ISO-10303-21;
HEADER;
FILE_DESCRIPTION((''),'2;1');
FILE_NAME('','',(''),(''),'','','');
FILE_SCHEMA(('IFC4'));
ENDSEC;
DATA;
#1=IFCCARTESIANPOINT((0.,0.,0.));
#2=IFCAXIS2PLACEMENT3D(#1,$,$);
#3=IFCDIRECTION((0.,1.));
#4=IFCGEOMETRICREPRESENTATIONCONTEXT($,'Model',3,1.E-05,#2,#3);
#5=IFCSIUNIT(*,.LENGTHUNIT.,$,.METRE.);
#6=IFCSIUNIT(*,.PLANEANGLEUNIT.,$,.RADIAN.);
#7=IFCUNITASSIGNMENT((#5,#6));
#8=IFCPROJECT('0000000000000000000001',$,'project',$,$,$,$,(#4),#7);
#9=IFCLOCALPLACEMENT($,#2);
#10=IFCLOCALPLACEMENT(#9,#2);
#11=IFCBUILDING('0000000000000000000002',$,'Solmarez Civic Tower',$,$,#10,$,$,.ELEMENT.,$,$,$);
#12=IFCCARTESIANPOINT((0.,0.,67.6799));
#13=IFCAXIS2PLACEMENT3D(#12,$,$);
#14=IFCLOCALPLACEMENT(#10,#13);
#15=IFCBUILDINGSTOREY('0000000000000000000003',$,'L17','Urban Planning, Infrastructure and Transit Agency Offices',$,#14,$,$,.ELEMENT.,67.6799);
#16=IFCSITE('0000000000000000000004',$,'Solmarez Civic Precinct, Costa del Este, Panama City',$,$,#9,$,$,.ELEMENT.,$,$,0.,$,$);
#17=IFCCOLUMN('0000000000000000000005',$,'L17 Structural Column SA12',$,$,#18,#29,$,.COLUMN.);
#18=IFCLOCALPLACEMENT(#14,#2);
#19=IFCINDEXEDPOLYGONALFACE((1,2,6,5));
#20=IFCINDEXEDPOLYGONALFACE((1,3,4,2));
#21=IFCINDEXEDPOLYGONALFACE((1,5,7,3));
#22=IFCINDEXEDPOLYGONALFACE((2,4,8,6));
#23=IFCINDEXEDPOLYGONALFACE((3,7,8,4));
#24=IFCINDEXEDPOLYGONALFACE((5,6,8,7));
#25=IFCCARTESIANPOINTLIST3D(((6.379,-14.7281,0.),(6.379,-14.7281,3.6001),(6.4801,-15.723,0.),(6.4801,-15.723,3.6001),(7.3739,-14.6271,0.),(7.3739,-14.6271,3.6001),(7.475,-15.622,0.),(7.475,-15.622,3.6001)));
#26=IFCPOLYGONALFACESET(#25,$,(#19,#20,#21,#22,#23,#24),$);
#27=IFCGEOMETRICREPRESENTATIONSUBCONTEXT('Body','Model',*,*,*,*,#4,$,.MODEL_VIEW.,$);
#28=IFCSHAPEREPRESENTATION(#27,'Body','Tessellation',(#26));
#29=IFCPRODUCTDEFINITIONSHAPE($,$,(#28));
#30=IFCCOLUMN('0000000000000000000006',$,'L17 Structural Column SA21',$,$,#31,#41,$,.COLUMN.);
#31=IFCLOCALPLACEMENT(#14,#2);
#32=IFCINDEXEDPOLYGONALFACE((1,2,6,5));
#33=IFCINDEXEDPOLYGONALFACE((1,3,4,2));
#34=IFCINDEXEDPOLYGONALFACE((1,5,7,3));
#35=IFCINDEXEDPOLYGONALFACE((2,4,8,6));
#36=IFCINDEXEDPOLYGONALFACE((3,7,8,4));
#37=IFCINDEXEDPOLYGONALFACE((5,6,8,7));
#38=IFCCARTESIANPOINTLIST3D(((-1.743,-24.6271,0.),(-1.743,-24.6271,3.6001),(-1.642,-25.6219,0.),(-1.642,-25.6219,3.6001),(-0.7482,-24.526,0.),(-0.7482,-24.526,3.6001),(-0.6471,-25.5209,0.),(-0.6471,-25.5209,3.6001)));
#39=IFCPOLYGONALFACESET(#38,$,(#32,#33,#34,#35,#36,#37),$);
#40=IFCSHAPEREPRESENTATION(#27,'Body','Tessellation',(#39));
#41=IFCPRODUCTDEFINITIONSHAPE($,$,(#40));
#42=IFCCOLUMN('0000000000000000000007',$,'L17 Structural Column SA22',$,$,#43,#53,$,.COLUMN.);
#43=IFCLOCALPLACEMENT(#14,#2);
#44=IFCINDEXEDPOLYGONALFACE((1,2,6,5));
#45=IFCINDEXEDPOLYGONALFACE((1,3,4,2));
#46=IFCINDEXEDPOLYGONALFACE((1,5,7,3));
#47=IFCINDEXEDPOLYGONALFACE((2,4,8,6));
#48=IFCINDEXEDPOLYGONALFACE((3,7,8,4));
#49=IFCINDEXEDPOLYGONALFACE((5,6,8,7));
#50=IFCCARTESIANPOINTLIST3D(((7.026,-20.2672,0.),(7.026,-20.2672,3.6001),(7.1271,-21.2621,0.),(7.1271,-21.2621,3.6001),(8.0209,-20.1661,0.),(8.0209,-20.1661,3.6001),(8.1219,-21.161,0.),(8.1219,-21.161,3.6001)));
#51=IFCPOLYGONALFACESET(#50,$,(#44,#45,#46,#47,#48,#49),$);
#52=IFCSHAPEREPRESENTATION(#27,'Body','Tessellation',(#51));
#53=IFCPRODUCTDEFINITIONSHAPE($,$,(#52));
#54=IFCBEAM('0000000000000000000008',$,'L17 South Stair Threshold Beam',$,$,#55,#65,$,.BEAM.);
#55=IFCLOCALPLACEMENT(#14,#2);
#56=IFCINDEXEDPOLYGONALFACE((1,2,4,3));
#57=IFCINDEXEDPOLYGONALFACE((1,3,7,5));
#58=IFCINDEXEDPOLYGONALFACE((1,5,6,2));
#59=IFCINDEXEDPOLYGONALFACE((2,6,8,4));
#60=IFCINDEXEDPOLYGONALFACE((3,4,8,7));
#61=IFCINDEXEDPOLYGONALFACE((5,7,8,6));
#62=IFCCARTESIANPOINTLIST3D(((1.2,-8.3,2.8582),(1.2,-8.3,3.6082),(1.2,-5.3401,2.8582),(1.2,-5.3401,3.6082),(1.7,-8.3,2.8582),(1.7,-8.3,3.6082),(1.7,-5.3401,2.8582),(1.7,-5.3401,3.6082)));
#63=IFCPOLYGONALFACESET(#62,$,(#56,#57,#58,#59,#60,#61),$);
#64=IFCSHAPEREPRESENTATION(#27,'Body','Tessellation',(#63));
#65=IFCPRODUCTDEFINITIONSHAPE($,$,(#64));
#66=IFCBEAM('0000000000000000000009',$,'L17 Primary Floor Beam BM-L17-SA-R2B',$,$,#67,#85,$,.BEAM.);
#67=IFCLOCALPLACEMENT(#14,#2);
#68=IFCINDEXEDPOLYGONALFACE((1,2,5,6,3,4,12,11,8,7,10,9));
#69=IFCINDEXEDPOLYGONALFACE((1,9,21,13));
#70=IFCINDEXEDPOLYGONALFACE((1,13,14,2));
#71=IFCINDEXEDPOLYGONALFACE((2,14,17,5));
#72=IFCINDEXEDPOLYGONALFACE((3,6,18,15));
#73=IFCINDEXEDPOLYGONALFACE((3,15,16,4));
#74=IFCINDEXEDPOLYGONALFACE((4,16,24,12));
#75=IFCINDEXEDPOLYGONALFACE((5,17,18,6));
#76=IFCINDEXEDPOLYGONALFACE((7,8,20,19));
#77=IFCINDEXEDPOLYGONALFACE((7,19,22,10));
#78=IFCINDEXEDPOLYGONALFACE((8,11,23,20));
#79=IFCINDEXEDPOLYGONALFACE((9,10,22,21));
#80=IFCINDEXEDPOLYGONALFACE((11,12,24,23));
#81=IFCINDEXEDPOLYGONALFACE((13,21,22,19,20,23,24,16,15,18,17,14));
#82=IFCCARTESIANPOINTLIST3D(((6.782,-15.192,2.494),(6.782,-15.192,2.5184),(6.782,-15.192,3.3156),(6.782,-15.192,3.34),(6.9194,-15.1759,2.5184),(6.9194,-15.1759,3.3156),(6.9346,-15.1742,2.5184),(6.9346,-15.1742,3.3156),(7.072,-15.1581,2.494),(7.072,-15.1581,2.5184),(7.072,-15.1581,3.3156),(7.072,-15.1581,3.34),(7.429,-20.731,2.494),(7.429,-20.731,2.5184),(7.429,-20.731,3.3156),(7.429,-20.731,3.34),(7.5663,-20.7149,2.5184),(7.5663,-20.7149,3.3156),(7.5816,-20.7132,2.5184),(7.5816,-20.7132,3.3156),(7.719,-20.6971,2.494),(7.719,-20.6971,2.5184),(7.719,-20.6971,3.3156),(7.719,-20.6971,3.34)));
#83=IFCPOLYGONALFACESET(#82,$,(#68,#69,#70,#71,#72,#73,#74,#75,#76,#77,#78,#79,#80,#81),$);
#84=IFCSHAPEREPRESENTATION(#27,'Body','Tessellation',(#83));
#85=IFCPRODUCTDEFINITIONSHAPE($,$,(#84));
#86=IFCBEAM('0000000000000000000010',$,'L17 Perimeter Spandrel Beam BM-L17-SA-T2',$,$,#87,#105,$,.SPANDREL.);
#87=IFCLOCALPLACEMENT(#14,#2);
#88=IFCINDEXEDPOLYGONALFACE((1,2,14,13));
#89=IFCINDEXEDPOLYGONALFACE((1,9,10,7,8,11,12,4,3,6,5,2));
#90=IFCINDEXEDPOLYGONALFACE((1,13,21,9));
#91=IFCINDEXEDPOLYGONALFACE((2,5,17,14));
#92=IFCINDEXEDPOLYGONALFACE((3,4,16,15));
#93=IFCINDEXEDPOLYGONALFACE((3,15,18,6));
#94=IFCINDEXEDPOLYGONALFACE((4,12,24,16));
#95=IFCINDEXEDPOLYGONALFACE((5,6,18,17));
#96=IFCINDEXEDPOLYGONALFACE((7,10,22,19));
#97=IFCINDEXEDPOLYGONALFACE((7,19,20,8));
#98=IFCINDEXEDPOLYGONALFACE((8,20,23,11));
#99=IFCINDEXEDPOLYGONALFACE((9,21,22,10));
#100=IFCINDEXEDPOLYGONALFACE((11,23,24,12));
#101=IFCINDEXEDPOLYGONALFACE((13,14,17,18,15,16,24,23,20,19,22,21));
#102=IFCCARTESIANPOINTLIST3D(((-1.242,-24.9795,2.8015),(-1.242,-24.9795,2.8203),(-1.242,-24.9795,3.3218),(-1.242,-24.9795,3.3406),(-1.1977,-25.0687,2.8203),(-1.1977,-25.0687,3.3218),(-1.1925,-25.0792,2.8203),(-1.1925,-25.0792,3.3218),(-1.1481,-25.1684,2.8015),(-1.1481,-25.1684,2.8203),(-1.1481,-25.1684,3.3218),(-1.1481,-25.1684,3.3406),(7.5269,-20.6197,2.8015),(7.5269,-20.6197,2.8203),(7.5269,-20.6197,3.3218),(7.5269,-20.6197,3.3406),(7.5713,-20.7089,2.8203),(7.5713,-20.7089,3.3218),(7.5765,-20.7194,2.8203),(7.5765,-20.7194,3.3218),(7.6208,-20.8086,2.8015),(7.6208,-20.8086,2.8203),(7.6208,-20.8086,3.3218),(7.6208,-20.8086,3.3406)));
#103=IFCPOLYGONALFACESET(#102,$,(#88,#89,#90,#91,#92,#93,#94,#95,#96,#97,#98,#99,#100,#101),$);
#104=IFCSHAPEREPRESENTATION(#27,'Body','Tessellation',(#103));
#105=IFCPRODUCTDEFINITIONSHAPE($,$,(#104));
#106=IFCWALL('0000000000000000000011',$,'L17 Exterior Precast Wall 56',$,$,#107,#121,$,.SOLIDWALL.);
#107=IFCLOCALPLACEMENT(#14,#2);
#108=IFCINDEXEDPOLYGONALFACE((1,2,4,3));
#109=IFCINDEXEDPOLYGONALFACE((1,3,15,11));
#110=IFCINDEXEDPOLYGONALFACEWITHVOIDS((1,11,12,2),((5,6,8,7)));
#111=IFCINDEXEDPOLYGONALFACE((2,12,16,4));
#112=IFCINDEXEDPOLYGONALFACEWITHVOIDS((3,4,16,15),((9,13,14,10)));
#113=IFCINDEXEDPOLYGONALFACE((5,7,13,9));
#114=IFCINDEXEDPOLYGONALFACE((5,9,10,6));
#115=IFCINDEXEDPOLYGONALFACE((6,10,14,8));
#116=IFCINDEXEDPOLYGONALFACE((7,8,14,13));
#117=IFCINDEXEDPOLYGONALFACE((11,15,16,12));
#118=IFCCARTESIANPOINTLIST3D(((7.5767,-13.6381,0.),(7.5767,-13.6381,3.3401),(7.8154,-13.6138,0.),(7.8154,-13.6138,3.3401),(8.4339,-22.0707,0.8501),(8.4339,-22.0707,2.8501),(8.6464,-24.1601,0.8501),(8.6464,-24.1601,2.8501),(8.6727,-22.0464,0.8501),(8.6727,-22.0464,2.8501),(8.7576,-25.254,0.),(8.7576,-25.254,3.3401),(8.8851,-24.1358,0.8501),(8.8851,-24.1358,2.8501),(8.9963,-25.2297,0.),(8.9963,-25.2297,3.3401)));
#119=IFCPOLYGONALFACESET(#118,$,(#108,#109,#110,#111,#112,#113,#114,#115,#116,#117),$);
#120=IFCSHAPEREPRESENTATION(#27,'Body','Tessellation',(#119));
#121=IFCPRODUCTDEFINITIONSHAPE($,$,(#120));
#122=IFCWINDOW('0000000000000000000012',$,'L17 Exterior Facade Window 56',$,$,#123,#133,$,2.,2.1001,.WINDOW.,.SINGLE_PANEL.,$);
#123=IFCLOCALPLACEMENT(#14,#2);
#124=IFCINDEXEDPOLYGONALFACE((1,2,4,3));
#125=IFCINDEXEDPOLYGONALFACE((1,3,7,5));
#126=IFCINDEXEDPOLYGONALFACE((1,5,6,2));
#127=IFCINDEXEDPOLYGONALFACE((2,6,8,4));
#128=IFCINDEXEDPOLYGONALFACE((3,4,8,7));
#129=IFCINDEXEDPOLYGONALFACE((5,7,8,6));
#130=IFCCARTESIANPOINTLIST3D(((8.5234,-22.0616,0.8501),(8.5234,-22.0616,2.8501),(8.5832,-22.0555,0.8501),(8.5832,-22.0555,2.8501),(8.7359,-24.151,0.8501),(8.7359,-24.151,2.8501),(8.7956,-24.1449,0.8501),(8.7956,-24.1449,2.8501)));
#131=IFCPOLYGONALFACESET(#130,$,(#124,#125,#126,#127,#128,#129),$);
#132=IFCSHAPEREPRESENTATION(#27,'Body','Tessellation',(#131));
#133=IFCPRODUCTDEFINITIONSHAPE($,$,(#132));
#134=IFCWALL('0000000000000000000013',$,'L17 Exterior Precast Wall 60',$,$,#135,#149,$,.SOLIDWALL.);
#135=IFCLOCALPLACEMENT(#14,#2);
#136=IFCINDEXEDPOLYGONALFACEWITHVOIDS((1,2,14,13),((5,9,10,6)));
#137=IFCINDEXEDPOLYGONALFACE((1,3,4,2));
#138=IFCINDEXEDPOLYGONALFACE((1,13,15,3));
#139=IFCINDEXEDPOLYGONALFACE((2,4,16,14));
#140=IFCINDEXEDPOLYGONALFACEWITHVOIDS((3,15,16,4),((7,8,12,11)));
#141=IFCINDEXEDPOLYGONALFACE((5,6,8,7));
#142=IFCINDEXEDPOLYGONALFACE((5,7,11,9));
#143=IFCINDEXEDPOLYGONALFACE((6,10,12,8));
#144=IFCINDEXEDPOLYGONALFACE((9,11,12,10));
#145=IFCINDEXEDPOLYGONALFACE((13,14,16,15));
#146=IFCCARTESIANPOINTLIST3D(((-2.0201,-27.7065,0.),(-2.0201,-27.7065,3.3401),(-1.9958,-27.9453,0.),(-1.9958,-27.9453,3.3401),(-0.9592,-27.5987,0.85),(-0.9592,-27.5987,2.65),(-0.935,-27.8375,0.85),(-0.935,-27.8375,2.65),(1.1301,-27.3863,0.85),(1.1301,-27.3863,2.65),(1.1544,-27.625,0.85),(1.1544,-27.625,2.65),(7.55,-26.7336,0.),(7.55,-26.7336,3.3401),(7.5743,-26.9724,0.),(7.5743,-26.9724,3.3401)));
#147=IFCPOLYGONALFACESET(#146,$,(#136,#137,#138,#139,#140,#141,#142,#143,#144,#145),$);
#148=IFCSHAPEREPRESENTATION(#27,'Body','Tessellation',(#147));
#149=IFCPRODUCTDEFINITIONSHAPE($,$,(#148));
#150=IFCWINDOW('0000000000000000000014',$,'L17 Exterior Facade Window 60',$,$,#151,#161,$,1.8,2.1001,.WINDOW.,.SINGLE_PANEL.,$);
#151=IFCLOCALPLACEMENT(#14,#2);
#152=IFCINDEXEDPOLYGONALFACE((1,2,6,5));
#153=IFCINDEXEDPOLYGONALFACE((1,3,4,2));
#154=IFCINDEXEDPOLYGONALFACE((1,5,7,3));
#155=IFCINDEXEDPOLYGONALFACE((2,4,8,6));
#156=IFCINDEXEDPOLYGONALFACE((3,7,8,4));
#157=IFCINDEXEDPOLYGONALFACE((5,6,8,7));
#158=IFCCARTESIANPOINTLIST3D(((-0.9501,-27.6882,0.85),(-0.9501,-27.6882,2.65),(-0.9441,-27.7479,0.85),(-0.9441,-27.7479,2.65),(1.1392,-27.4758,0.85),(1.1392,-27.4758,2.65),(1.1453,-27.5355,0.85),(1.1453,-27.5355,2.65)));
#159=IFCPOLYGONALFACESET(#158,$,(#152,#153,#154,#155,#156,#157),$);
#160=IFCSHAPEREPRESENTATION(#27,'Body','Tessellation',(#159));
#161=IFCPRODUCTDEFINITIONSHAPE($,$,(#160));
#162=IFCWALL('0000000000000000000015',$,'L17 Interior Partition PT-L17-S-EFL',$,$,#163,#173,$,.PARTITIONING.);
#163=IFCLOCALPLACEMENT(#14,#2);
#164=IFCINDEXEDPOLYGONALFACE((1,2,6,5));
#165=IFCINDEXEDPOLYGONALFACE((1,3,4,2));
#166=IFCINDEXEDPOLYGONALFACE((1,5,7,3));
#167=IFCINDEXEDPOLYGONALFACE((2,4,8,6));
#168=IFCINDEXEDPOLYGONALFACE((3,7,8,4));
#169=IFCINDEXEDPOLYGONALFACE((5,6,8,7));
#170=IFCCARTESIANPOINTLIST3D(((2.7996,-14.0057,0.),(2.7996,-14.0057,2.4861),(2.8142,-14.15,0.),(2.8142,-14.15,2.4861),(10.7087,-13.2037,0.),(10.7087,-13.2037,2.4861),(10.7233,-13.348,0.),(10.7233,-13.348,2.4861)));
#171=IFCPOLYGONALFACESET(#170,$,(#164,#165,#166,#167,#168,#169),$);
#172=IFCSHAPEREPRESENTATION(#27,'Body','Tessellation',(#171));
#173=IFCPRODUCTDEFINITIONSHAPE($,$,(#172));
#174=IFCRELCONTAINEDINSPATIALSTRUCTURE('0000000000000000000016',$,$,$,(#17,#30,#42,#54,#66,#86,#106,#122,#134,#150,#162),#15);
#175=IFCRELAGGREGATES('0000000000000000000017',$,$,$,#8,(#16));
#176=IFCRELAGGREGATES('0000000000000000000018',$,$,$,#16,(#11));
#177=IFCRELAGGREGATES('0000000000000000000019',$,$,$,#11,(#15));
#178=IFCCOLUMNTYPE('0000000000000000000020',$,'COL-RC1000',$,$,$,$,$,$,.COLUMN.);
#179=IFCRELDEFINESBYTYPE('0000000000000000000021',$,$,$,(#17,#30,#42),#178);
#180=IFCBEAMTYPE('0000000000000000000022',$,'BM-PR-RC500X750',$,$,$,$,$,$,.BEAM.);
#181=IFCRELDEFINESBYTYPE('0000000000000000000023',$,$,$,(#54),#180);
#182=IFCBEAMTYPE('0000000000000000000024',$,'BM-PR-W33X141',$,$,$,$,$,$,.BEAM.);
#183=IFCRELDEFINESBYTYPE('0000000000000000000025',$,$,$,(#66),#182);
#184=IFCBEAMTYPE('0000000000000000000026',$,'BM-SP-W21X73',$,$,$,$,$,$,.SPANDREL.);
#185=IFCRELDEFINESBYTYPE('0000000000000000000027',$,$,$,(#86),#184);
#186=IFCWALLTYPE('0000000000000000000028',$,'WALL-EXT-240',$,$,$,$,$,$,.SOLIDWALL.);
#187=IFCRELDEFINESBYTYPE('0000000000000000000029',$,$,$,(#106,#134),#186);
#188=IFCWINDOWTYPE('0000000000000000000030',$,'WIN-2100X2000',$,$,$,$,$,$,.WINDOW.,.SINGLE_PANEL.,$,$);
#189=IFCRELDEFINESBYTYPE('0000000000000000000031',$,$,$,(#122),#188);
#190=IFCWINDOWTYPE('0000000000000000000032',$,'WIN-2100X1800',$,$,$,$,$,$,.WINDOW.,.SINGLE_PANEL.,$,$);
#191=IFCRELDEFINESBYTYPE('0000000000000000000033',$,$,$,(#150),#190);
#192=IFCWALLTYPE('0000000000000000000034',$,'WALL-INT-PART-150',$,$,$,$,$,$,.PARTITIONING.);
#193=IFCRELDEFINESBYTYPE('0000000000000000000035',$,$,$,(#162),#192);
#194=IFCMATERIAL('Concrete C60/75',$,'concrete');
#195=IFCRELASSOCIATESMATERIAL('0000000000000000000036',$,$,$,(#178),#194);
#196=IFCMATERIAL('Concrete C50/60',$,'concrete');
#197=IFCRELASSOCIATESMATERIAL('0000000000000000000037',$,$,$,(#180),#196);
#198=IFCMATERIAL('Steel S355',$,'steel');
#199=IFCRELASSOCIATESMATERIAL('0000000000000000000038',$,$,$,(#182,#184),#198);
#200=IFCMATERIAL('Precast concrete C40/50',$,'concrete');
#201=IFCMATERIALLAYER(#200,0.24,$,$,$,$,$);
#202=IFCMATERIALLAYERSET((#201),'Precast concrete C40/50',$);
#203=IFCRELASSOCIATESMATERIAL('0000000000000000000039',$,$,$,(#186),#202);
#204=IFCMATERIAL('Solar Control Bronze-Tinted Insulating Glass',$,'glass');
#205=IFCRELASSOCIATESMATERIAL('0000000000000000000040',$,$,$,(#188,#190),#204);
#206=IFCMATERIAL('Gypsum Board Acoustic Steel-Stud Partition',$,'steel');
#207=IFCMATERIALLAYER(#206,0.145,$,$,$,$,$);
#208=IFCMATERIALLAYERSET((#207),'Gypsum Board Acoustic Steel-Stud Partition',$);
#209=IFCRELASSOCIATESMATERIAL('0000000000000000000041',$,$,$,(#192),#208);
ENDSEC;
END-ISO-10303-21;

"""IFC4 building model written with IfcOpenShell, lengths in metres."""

from ifc_helpers import new_model, si_unit, direction, frame, frame_2d, origin, origin_2d, place, context, subcontext, project, spatial, rectangle, i_section, extrude, material, layer, layer_set, material_profile, profile_set, type_object, element, fill, save


model = new_model("IFC4")

# Units and contexts
model_context = context("Model", 3, precision=1e-05, world=origin(), true_north=direction((0.0, 1.0)))
body_context = subcontext(model_context, "Body", "Model", "MODEL_VIEW")
ifc_project = project(units=[si_unit("LENGTHUNIT", "METRE"), si_unit("PLANEANGLEUNIT", "RADIAN")], contexts=[model_context])

# Site, building, storey
site_placement = place(None, origin())
site = spatial("IfcSite", under=ifc_project, at=site_placement, Name="Solmarez Civic Precinct, Costa del Este, Panama City", CompositionType="ELEMENT", RefElevation=0.0)
building_placement = place(site_placement, origin())
building = spatial("IfcBuilding", under=site, at=building_placement, Name="Solmarez Civic Tower", CompositionType="ELEMENT")
storey_placement = place(building_placement, frame((0.0, 0.0, 67.6799)))
storey = spatial("IfcBuildingStorey", under=building, at=storey_placement, Name="L17", Description="Urban Planning, Infrastructure and Transit Agency Offices", CompositionType="ELEMENT", Elevation=67.6799)

# Columns
ifc_material_1 = material(Name="Concrete C60/75", Category="concrete")
ifc_material_profile_1 = material_profile(ifc_material_1, rectangle(XDim=1.0, YDim=1.0, at=origin_2d()), Name="RC1000X1000")
ifc_profile_set_1 = profile_set([ifc_material_profile_1], Name="Concrete C60/75")
column_type = type_object("IfcColumnType", Name="COL-RC1000", PredefinedType="COLUMN", material=ifc_profile_set_1)
for number, where, z_axis, x_axis, name in (
    (1, (6.927, -15.175, 0.0), (0.0, 0.0, 1.0), (0.994881, 0.101056, 0.0), "L17 Structural Column SA12"),
    (2, (-1.1951, -25.074, 0.0), (0.0, 0.0, 1.0), (0.994881, 0.101056, 0.0), "L17 Structural Column SA21"),
    (3, (7.574, -20.7141, 0.0), (0.0, 0.0, 1.0), (0.994881, 0.101056, 0.0), "L17 Structural Column SA22"),
):
    element("IfcColumn", number, at=place(storey_placement, frame(where, z_axis=z_axis, x_axis=x_axis)), inside=storey, type_object=column_type, Name=name, PredefinedType="COLUMN", context=body_context, shape_type="SweptSolid", body=[
        extrude(rectangle(XDim=1.0, YDim=1.0, at=origin_2d()), origin(), (0.0, 0.0, 1.0), 3.6001),
    ])

# Beams
ifc_material_2 = material(Name="Concrete C50/60", Category="concrete")
ifc_material_profile_2 = material_profile(ifc_material_2, rectangle(XDim=0.5, YDim=0.75, at=origin_2d()), Name="RC500X750")
ifc_profile_set_2 = profile_set([ifc_material_profile_2], Name="Concrete C50/60")
beam_type_1 = type_object("IfcBeamType", Name="BM-PR-RC500X750", PredefinedType="BEAM", material=ifc_profile_set_2)
beam_1_placement = place(storey_placement, frame((1.45, -8.3, 3.2332), z_axis=(0.0, 1.0, 0.0), x_axis=(-1.0, 0.0, 0.0)))
element("IfcBeam", 4, at=beam_1_placement, inside=storey, type_object=beam_type_1, Name="L17 South Stair Threshold Beam", PredefinedType="BEAM", context=body_context, shape_type="SweptSolid", body=[
    extrude(rectangle(XDim=0.5, YDim=0.75, at=origin_2d()), origin(), (0.0, 0.0, 1.0), 2.96),
])
ifc_material_3 = material(Name="Steel S355", Category="steel")
ifc_material_profile_3 = material_profile(ifc_material_3, i_section(OverallWidth=0.292, OverallDepth=0.8459, WebThickness=0.0154, FlangeThickness=0.0244, at=origin_2d()), Name="W33X141")
ifc_profile_set_3 = profile_set([ifc_material_profile_3], Name="Steel S355")
beam_type_2 = type_object("IfcBeamType", Name="BM-PR-W33X141", PredefinedType="BEAM", material=ifc_profile_set_3)
beam_2_placement = place(storey_placement, frame((6.927, -15.175, 2.917), z_axis=(0.116013, -0.993248, 0.0), x_axis=(0.993248, 0.116013, 0.0)))
element("IfcBeam", 5, at=beam_2_placement, inside=storey, type_object=beam_type_2, Name="L17 Primary Floor Beam BM-L17-SA-R2B", PredefinedType="BEAM", context=body_context, shape_type="SweptSolid", body=[
    extrude(i_section(OverallWidth=0.292, OverallDepth=0.8459, WebThickness=0.0154, FlangeThickness=0.0244, at=origin_2d()), origin(), (0.0, 0.0, 1.0), 5.5767),
])
ifc_material_profile_4 = material_profile(ifc_material_3, i_section(OverallWidth=0.2109, OverallDepth=0.5391, WebThickness=0.0117, FlangeThickness=0.0188, at=origin_2d()), Name="W21X73")
ifc_profile_set_4 = profile_set([ifc_material_profile_4], Name="Steel S355")
beam_type_3 = type_object("IfcBeamType", Name="BM-SP-W21X73", PredefinedType="SPANDREL", material=ifc_profile_set_4)
beam_3_placement = place(storey_placement, frame((-1.1951, -25.074, 3.071), z_axis=(0.895432, 0.445198, 0.0), x_axis=(-0.445198, 0.895432, 0.0)))
element("IfcBeam", 6, at=beam_3_placement, inside=storey, type_object=beam_type_3, Name="L17 Perimeter Spandrel Beam BM-L17-SA-T2", PredefinedType="SPANDREL", context=body_context, shape_type="SweptSolid", body=[
    extrude(i_section(OverallWidth=0.2109, OverallDepth=0.5391, WebThickness=0.0117, FlangeThickness=0.0188, at=origin_2d()), origin(), (0.0, 0.0, 1.0), 9.793),
])

# Walls, openings, windows
ifc_material_4 = material(Name="Precast concrete C40/50", Category="concrete")
ifc_layer_1 = layer(ifc_material_4, 0.24)
ifc_layer_set_1 = layer_set([ifc_layer_1], Name="Precast concrete C40/50")
wall_type_1 = type_object("IfcWallType", Name="WALL-EXT-240", PredefinedType="SOLIDWALL", material=ifc_layer_set_1)
wall_1_placement = place(storey_placement, frame((7.696, -13.626, 0.0), z_axis=(0.0, 0.0, 1.0), x_axis=(0.101141, -0.994872, 0.0)))
wall_1 = element("IfcWall", 7, at=wall_1_placement, inside=storey, type_object=wall_type_1, Name="L17 Exterior Precast Wall 56", PredefinedType="SOLIDWALL", context=body_context, shape_type="SweptSolid", body=[
    extrude(rectangle(XDim=11.6758, YDim=0.24, at=frame_2d((5.8379, 0.0))), origin(), (0.0, 0.0, 1.0), 3.3401),
])
opening_1_placement = place(wall_1_placement, frame((8.4761, 0.0, 0.8501)))
opening_1 = element("IfcOpeningElement", 8, at=opening_1_placement, cuts=wall_1, PredefinedType="OPENING", context=body_context, shape_type="SweptSolid", body=[
    extrude(rectangle(XDim=2.1001, YDim=2.0, at=frame_2d((1.05, 1.0))), frame((0.0, 0.1299, 0.0), z_axis=(0.0, -1.0, 0.0), x_axis=(1.0, 0.0, 0.0)), (0.0, 0.0, 1.0), 0.26),
])
ifc_material_5 = material(Name="Solar Control Bronze-Tinted Insulating Glass", Category="glass")
window_type_1 = type_object("IfcWindowType", Name="WIN-2100X2000", PartitioningType="SINGLE_PANEL", PredefinedType="WINDOW", material=ifc_material_5)
window_1_placement = place(opening_1_placement, origin())
window_1 = element("IfcWindow", 9, at=window_1_placement, inside=storey, type_object=window_type_1, Name="L17 Exterior Facade Window 56", OverallHeight=2.0, OverallWidth=2.1001, PartitioningType="SINGLE_PANEL", PredefinedType="WINDOW", context=body_context, shape_type="SweptSolid", body=[
    extrude(rectangle(XDim=2.1001, YDim=2.0, at=frame_2d((1.05, 1.0))), frame((0.0, 0.03, 0.0), z_axis=(0.0, -1.0, 0.0), x_axis=(1.0, 0.0, 0.0)), (0.0, 0.0, 1.0), 0.0601),
])
fill(opening_1, window_1)
wall_2_placement = place(storey_placement, frame((7.562, -26.853, 0.0), z_axis=(0.0, 0.0, 1.0), x_axis=(-0.994872, -0.101139, 0.0)))
wall_2 = element("IfcWall", 10, at=wall_2_placement, inside=storey, type_object=wall_type_1, Name="L17 Exterior Precast Wall 60", PredefinedType="SOLIDWALL", context=body_context, shape_type="SweptSolid", body=[
    extrude(rectangle(XDim=9.6194, YDim=0.24, at=frame_2d((4.8096, 0.0))), origin(), (0.0, 0.0, 1.0), 3.3401),
])
opening_2_placement = place(wall_2_placement, frame((6.4529, 0.0, 0.8501)))
opening_2 = element("IfcOpeningElement", 11, at=opening_2_placement, cuts=wall_2, PredefinedType="OPENING", context=body_context, shape_type="SweptSolid", body=[
    extrude(rectangle(XDim=2.1001, YDim=1.8, at=frame_2d((1.05, 0.8999))), frame((0.0, 0.1299, 0.0), z_axis=(0.0, -1.0, 0.0), x_axis=(1.0, 0.0, 0.0)), (0.0, 0.0, 1.0), 0.26),
])
window_type_2 = type_object("IfcWindowType", Name="WIN-2100X1800", PartitioningType="SINGLE_PANEL", PredefinedType="WINDOW", material=ifc_material_5)
window_2_placement = place(opening_2_placement, origin())
window_2 = element("IfcWindow", 12, at=window_2_placement, inside=storey, type_object=window_type_2, Name="L17 Exterior Facade Window 60", OverallHeight=1.8, OverallWidth=2.1001, PartitioningType="SINGLE_PANEL", PredefinedType="WINDOW", context=body_context, shape_type="SweptSolid", body=[
    extrude(rectangle(XDim=2.1001, YDim=1.8, at=frame_2d((1.05, 0.8999))), frame((0.0, 0.03, 0.0), z_axis=(0.0, -1.0, 0.0), x_axis=(1.0, 0.0, 0.0)), (0.0, 0.0, 1.0), 0.0601),
])
fill(opening_2, window_2)

# Wall
ifc_material_6 = material(Name="Gypsum Board Acoustic Steel-Stud Partition", Category="steel")
ifc_layer_2 = layer(ifc_material_6, 0.145)
ifc_layer_set_2 = layer_set([ifc_layer_2], Name="Gypsum Board Acoustic Steel-Stud Partition")
wall_type_2 = type_object("IfcWallType", Name="WALL-INT-PART-150", PredefinedType="PARTITIONING", material=ifc_layer_set_2)
wall_3_placement = place(storey_placement, frame((2.8069, -14.0779, 0.0), z_axis=(0.0, 0.0, 1.0), x_axis=(0.994898, 0.100884, 0.0)))
element("IfcWall", 13, at=wall_3_placement, inside=storey, type_object=wall_type_2, Name="L17 Interior Partition PT-L17-S-EFL", PredefinedType="PARTITIONING", context=body_context, shape_type="SweptSolid", body=[
    extrude(rectangle(XDim=7.9497, YDim=0.145, at=frame_2d((3.9749, 0.0))), origin(), (0.0, 0.0, 1.0), 2.4861),
])

save(model, "model.ifc")
